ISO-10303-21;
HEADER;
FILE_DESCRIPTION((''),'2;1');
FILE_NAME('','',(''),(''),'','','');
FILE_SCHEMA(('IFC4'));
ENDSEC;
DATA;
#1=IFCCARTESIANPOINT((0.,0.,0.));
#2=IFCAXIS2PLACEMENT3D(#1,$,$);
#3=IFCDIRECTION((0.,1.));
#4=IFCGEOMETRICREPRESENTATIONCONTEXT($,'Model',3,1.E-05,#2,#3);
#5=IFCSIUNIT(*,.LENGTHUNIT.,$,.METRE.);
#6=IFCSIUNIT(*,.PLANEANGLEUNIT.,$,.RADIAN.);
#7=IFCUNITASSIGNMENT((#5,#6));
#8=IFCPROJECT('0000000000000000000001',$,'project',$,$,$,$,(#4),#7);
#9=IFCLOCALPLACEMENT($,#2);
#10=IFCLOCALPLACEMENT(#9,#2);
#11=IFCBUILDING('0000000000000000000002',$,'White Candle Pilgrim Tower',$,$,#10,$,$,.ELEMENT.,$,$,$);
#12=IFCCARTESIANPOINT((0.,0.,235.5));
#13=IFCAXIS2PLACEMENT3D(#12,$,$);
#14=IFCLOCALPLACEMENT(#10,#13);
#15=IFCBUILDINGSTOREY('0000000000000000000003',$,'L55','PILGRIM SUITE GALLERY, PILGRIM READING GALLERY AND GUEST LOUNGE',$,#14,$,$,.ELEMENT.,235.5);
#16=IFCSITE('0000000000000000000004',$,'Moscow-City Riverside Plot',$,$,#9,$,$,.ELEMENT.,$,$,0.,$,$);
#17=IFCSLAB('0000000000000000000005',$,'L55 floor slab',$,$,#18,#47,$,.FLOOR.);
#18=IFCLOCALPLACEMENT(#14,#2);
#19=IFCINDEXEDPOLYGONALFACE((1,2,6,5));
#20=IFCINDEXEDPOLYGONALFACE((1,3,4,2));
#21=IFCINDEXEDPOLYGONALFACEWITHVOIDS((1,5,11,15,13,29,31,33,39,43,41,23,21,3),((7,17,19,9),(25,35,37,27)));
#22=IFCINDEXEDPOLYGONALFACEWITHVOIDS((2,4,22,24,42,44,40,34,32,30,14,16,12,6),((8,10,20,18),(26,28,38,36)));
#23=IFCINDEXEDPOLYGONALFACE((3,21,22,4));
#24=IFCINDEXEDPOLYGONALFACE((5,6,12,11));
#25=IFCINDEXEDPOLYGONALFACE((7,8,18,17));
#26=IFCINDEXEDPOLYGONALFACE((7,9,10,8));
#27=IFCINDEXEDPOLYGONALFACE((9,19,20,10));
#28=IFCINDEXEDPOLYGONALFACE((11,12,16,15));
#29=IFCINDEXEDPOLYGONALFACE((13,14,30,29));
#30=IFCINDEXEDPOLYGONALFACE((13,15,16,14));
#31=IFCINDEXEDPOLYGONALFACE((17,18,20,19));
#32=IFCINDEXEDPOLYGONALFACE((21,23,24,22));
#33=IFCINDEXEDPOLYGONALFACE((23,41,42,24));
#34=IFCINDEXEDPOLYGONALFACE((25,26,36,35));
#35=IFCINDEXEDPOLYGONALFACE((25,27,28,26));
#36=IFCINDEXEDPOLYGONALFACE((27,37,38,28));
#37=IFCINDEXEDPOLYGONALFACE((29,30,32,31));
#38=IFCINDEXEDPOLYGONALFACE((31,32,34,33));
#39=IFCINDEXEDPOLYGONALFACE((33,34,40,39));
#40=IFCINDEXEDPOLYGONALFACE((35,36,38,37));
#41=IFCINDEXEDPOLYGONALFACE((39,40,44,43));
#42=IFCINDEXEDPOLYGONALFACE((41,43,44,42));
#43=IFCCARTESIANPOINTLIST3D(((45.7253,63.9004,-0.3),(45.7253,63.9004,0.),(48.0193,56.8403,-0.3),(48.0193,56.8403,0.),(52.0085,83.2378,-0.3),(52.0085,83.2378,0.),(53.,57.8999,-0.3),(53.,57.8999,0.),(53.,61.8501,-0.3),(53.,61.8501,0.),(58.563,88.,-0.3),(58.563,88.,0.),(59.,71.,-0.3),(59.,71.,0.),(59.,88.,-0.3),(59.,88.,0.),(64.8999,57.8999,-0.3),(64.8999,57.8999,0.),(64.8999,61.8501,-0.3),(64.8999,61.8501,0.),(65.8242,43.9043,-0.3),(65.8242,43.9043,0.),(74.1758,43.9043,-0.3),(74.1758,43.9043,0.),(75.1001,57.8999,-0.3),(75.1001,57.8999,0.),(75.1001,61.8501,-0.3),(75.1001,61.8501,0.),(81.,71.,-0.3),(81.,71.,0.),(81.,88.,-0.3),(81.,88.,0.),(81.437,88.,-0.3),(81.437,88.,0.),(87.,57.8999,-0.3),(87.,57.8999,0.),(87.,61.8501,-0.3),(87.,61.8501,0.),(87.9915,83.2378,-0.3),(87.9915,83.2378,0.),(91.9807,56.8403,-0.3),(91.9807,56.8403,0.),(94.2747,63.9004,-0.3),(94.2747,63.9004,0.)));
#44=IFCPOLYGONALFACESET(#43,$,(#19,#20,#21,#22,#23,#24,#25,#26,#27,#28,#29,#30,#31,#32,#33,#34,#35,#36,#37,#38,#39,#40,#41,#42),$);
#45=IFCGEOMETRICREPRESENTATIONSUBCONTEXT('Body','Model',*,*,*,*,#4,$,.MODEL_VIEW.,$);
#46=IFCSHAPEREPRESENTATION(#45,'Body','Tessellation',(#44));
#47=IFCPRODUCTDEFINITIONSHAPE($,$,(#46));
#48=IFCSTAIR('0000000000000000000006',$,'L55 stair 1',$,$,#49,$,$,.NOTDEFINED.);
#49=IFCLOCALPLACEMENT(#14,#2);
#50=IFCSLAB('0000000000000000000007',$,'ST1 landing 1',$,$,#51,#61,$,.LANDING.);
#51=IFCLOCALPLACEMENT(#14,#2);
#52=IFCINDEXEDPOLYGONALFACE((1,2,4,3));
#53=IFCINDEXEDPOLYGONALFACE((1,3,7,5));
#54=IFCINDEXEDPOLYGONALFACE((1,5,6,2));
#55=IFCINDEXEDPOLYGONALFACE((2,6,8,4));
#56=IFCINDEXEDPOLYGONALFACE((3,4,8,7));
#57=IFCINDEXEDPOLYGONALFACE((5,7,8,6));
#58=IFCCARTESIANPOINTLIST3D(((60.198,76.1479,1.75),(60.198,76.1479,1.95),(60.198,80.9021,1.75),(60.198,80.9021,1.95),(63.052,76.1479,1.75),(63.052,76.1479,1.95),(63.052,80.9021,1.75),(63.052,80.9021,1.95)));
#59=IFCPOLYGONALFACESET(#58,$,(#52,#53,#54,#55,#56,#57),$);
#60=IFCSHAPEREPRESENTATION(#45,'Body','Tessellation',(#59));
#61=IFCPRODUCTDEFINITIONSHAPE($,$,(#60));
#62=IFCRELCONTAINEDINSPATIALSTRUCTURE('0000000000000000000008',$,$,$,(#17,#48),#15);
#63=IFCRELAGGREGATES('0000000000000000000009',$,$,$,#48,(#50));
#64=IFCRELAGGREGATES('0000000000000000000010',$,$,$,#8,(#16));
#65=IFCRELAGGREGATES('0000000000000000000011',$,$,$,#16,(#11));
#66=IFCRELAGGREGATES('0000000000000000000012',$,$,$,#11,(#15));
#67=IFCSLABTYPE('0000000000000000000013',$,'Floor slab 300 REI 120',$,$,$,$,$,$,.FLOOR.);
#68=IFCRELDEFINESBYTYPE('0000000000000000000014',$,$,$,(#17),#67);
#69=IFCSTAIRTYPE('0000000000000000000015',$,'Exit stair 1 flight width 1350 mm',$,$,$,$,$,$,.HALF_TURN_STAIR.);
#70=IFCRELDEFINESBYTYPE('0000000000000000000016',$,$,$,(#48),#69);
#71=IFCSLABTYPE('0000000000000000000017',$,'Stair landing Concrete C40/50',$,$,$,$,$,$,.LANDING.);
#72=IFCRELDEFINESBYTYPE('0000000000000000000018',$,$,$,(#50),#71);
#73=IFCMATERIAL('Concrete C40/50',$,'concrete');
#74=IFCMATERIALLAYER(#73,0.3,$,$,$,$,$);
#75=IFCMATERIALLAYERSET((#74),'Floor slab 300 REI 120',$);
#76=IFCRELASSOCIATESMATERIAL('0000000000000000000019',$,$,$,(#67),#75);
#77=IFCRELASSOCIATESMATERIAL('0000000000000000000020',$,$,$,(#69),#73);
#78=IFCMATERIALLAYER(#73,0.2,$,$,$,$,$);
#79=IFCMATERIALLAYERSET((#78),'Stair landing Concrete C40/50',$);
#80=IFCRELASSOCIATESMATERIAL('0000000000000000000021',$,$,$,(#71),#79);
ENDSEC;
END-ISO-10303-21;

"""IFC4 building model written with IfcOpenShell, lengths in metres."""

from ifc_helpers import new_model, si_unit, direction, frame, origin, place, context, subcontext, project, spatial, polyline, outline, extrude, material, layer, layer_set, type_object, element, aggregate, save


model = new_model("IFC4")

# Units and contexts
model_context = context("Model", 3, precision=1e-05, world=origin(), true_north=direction((0.0, 1.0)))
body_context = subcontext(model_context, "Body", "Model", "MODEL_VIEW")
ifc_project = project(units=[si_unit("LENGTHUNIT", "METRE"), si_unit("PLANEANGLEUNIT", "RADIAN")], contexts=[model_context])

# Site, building, storey
site_placement = place(None, origin())
site = spatial("IfcSite", under=ifc_project, at=site_placement, Name="Moscow-City Riverside Plot", CompositionType="ELEMENT", RefElevation=0.0)
building_placement = place(site_placement, origin())
building = spatial("IfcBuilding", under=site, at=building_placement, Name="White Candle Pilgrim Tower", CompositionType="ELEMENT")
storey_placement = place(building_placement, frame((0.0, 0.0, 235.5)))
storey = spatial("IfcBuildingStorey", under=building, at=storey_placement, Name="L55", Description="PILGRIM SUITE GALLERY, PILGRIM READING GALLERY AND GUEST LOUNGE", CompositionType="ELEMENT", Elevation=235.5)

# Slab
ifc_material = material(Name="Concrete C40/50", Category="concrete")
ifc_layer_1 = layer(ifc_material, 0.3)
ifc_layer_set_1 = layer_set([ifc_layer_1], Name="Floor slab 300 REI 120")
slab_type_1 = type_object("IfcSlabType", Name="Floor slab 300 REI 120", PredefinedType="FLOOR", material=ifc_layer_set_1)
slab_1_placement = place(storey_placement, frame((0.0, 0.0, -0.3)))
element("IfcSlab", 1, at=slab_1_placement, inside=storey, type_object=slab_type_1, Name="L55 floor slab", PredefinedType="FLOOR", context=body_context, shape_type="SweptSolid", body=[
    extrude(outline(polyline([(65.8242, 43.9043), (74.1758, 43.9043), (91.9807, 56.8403), (94.2747, 63.9004), (87.9915, 83.2378), (81.437, 88.0), (81.0, 88.0), (81.0, 71.0), (59.0, 71.0), (59.0, 88.0), (58.563, 88.0), (52.0085, 83.2378), (45.7253, 63.9004), (48.0193, 56.8403), (65.8242, 43.9043)]), holes=[polyline([(53.0, 57.8999), (53.0, 61.8501), (64.8999, 61.8501), (64.8999, 57.8999), (53.0, 57.8999)]), polyline([(75.1001, 57.8999), (75.1001, 61.8501), (87.0, 61.8501), (87.0, 57.8999), (75.1001, 57.8999)])]), origin(), (0.0, 0.0, 1.0), 0.3),
])

# Stair, slab
stair_type = type_object("IfcStairType", Name="Exit stair 1 flight width 1350 mm", PredefinedType="HALF_TURN_STAIR", material=ifc_material)
stair_placement = place(storey_placement, origin())
stair = element("IfcStair", 2, at=stair_placement, inside=storey, type_object=stair_type, Name="L55 stair 1", PredefinedType="NOTDEFINED")
ifc_layer_2 = layer(ifc_material, 0.2)
ifc_layer_set_2 = layer_set([ifc_layer_2], Name="Stair landing Concrete C40/50")
slab_type_2 = type_object("IfcSlabType", Name="Stair landing Concrete C40/50", PredefinedType="LANDING", material=ifc_layer_set_2)
slab_2_placement = place(storey_placement, frame((0.0, 0.0, 1.75)))
slab_2 = element("IfcSlab", 3, at=slab_2_placement, type_object=slab_type_2, Name="ST1 landing 1", PredefinedType="LANDING", context=body_context, shape_type="SweptSolid", body=[
    extrude(outline(polyline([(63.052, 76.1479), (60.198, 76.1479), (60.198, 80.9021), (63.052, 80.9021), (63.052, 76.1479)])), origin(), (0.0, 0.0, 1.0), 0.2),
])
aggregate(stair, [slab_2])

save(model, "model.ifc")
